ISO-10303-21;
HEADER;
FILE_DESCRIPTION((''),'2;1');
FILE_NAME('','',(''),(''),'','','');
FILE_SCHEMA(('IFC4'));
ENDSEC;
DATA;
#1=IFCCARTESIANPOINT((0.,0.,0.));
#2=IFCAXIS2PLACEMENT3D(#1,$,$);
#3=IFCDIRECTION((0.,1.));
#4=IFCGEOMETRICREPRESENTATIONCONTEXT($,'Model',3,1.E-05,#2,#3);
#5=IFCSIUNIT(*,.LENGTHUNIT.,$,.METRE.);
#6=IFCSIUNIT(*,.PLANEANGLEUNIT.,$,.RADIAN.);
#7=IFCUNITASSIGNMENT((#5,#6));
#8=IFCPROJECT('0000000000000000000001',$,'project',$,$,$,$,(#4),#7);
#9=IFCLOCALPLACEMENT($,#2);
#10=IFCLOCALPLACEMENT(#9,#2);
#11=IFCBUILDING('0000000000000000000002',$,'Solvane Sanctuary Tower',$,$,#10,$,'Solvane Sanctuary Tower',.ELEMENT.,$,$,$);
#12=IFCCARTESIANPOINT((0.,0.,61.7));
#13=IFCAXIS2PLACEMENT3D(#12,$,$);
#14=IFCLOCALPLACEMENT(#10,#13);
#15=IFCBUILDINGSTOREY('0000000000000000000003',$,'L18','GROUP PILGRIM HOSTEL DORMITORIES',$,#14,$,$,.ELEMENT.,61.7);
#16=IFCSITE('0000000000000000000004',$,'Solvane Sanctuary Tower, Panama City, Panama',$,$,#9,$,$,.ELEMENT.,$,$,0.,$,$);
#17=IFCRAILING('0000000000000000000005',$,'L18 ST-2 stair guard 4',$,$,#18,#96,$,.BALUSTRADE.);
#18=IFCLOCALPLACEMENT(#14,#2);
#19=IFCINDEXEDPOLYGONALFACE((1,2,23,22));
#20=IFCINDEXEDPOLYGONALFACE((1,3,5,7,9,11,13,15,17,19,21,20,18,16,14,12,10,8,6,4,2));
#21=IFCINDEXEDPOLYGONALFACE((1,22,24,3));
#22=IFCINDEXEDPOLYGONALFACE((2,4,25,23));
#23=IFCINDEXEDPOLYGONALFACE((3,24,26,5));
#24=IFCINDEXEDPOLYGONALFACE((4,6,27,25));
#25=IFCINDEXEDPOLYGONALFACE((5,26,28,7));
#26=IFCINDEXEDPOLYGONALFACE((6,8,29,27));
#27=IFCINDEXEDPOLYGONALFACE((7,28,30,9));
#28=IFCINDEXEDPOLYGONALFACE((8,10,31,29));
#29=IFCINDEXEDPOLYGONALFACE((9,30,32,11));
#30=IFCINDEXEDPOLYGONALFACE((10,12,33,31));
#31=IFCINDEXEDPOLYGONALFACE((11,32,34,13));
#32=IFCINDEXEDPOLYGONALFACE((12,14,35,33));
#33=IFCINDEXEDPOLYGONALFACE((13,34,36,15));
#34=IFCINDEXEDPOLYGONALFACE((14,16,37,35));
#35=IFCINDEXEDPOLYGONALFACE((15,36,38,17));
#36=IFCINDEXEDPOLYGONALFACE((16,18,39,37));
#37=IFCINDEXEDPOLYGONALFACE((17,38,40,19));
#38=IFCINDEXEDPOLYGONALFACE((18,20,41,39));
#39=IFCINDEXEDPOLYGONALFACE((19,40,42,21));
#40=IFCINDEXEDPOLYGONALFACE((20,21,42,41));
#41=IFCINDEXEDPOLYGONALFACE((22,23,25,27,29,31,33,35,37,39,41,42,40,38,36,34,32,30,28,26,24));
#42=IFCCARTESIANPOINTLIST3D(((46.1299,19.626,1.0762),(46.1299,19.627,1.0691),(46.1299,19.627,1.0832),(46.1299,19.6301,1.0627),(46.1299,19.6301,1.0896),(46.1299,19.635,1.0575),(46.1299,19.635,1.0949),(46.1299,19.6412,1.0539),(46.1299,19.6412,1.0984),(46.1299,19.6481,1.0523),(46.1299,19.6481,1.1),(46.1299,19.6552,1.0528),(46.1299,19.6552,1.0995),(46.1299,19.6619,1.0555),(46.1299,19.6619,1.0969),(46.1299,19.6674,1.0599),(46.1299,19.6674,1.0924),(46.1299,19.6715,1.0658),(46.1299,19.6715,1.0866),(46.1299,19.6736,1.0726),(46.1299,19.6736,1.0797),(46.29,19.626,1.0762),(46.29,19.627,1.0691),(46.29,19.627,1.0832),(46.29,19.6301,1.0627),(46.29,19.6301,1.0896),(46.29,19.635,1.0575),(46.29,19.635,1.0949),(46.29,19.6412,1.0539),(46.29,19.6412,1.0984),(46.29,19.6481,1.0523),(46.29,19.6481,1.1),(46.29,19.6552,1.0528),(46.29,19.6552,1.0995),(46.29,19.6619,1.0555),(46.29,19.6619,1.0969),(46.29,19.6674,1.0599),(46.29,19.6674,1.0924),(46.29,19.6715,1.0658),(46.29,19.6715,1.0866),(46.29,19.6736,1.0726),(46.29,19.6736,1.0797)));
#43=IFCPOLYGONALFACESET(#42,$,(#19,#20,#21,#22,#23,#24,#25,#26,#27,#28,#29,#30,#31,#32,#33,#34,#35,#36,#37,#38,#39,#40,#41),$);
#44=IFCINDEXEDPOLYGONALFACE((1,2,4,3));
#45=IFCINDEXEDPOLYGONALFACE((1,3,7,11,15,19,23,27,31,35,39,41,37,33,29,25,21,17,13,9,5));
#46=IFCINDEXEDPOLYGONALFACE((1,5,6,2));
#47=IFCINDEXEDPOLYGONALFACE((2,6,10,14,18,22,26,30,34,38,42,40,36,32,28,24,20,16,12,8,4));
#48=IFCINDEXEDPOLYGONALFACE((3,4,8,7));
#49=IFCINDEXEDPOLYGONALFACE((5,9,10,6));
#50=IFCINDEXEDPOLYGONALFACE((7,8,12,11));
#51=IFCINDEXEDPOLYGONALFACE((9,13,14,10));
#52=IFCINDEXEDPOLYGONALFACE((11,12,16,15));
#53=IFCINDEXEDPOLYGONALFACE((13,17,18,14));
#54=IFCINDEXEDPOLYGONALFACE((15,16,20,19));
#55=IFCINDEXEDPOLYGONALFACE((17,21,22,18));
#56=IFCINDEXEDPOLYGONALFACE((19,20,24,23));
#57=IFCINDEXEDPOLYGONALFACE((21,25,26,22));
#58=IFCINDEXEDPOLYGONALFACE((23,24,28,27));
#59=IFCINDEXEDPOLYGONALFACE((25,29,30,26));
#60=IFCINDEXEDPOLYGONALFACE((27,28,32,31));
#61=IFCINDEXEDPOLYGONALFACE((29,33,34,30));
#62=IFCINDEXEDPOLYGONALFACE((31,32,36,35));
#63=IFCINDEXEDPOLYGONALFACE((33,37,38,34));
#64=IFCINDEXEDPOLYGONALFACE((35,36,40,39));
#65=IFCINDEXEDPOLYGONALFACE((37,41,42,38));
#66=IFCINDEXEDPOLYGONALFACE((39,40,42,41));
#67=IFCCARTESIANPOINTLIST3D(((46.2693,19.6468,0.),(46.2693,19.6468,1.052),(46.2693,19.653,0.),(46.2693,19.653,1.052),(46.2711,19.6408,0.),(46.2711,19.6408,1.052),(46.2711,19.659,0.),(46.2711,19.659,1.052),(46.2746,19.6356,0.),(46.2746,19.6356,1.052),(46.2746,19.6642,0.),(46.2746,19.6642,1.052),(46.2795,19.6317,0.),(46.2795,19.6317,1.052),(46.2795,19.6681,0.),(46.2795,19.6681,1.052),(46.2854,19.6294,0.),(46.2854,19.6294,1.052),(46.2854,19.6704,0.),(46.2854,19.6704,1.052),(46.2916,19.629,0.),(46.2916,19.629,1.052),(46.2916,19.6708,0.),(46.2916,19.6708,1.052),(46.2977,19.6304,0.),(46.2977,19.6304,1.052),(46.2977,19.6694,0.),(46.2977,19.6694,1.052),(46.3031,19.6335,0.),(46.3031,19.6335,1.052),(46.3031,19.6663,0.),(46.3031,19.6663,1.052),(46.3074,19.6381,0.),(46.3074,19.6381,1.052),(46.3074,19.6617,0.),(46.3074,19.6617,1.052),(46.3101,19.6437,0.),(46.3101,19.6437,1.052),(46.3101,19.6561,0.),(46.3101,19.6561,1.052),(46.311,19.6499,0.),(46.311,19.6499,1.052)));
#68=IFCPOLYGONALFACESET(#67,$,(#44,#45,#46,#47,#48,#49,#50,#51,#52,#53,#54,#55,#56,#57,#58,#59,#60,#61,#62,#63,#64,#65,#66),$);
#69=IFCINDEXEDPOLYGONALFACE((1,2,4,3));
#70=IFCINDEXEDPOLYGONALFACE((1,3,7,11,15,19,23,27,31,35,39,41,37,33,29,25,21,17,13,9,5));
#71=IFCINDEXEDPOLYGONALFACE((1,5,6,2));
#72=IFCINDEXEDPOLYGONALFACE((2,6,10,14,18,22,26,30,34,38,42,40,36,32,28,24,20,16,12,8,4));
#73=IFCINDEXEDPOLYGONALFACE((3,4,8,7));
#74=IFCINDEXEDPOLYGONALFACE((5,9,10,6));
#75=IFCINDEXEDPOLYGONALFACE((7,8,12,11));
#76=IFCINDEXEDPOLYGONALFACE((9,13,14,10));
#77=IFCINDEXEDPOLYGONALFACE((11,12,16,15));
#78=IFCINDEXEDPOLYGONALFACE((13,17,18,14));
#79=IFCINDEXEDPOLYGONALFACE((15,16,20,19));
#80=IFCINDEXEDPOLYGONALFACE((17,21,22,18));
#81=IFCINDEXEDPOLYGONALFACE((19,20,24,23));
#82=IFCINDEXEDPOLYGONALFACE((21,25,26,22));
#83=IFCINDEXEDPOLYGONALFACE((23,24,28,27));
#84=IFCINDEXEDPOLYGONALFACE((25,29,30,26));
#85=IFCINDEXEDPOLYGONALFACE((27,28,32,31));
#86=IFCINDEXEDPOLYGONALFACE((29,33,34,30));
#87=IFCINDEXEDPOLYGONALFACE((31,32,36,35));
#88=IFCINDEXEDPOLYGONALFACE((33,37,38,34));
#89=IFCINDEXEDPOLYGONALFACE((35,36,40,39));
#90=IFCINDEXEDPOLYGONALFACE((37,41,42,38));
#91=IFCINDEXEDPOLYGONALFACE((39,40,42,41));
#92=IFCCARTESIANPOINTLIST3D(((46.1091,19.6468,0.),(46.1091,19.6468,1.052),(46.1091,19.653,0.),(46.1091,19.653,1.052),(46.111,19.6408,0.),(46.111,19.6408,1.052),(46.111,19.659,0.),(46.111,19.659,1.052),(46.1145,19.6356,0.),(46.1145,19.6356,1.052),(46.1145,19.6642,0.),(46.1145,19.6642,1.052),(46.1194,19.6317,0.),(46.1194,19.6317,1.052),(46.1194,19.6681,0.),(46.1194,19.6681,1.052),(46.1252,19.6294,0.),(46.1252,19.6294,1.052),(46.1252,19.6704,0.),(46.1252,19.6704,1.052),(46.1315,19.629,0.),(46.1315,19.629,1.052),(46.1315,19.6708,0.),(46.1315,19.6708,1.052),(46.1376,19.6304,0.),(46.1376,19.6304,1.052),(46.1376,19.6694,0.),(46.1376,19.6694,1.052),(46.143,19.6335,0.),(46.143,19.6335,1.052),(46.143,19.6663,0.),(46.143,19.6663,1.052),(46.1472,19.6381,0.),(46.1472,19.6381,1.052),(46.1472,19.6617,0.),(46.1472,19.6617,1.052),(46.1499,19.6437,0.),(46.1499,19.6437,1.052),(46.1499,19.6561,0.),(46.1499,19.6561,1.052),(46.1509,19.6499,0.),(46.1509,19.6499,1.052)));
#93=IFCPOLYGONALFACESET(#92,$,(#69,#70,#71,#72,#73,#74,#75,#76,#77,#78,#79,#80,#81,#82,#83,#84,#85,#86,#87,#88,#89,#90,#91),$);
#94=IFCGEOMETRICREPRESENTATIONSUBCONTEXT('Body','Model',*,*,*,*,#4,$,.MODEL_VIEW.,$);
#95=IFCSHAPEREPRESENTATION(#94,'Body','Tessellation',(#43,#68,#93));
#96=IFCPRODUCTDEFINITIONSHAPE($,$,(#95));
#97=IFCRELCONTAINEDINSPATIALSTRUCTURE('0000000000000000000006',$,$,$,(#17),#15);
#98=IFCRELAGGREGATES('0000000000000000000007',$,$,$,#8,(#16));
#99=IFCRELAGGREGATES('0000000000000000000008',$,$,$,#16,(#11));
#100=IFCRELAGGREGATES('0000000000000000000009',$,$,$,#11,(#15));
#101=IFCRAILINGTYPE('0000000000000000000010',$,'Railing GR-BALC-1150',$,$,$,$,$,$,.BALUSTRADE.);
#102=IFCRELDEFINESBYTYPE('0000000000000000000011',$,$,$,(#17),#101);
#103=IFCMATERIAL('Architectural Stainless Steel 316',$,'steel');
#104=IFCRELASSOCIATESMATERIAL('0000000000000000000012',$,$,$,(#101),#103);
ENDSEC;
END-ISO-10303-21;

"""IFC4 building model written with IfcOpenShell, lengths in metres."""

from ifc_helpers import new_model, si_unit, direction, frame, origin, origin_2d, place, context, subcontext, project, spatial, circle, extrude, material, type_object, element, save


model = new_model("IFC4")

# Units and contexts
model_context = context("Model", 3, precision=1e-05, world=origin(), true_north=direction((0.0, 1.0)))
body_context = subcontext(model_context, "Body", "Model", "MODEL_VIEW")
ifc_project = project(units=[si_unit("LENGTHUNIT", "METRE"), si_unit("PLANEANGLEUNIT", "RADIAN")], contexts=[model_context])

# Site, building, storey
site_placement = place(None, origin())
site = spatial("IfcSite", under=ifc_project, at=site_placement, Name="Solvane Sanctuary Tower, Panama City, Panama", CompositionType="ELEMENT", RefElevation=0.0)
building_placement = place(site_placement, origin())
building = spatial("IfcBuilding", under=site, at=building_placement, Name="Solvane Sanctuary Tower", LongName="Solvane Sanctuary Tower", CompositionType="ELEMENT")
storey_placement = place(building_placement, frame((0.0, 0.0, 61.7)))
storey = spatial("IfcBuildingStorey", under=building, at=storey_placement, Name="L18", Description="GROUP PILGRIM HOSTEL DORMITORIES", CompositionType="ELEMENT", Elevation=61.7)

# Shared definitions
ifc_material_1 = material(Name="Architectural Stainless Steel 316", Category="steel")

# Railing
railing_type_1 = type_object("IfcRailingType", Name="Railing GR-BALC-1150", PredefinedType="BALUSTRADE", material=ifc_material_1)
railing_1_placement = place(storey_placement, frame((46.29, 19.6499, 0.0)))
element("IfcRailing", 1, at=railing_1_placement, inside=storey, type_object=railing_type_1, Name="L18 ST-2 stair guard 4", PredefinedType="BALUSTRADE", context=body_context, shape_type="SweptSolid", body=[
    extrude(circle(Radius=0.0239, at=origin_2d()), frame((0.0, 0.0, 1.0762), z_axis=(-1.0, 0.0, 0.0), x_axis=(0.0, -1.0, 0.0)), (0.0, 0.0, 1.0), 0.1602),
    extrude(circle(Radius=0.021, at=origin_2d()), origin(), (0.0, 0.0, 1.0), 1.052),
    extrude(circle(Radius=0.021, at=origin_2d()), frame((-0.1602, 0.0, 0.0)), (0.0, 0.0, 1.0), 1.052),
])

save(model, "model.ifc")
